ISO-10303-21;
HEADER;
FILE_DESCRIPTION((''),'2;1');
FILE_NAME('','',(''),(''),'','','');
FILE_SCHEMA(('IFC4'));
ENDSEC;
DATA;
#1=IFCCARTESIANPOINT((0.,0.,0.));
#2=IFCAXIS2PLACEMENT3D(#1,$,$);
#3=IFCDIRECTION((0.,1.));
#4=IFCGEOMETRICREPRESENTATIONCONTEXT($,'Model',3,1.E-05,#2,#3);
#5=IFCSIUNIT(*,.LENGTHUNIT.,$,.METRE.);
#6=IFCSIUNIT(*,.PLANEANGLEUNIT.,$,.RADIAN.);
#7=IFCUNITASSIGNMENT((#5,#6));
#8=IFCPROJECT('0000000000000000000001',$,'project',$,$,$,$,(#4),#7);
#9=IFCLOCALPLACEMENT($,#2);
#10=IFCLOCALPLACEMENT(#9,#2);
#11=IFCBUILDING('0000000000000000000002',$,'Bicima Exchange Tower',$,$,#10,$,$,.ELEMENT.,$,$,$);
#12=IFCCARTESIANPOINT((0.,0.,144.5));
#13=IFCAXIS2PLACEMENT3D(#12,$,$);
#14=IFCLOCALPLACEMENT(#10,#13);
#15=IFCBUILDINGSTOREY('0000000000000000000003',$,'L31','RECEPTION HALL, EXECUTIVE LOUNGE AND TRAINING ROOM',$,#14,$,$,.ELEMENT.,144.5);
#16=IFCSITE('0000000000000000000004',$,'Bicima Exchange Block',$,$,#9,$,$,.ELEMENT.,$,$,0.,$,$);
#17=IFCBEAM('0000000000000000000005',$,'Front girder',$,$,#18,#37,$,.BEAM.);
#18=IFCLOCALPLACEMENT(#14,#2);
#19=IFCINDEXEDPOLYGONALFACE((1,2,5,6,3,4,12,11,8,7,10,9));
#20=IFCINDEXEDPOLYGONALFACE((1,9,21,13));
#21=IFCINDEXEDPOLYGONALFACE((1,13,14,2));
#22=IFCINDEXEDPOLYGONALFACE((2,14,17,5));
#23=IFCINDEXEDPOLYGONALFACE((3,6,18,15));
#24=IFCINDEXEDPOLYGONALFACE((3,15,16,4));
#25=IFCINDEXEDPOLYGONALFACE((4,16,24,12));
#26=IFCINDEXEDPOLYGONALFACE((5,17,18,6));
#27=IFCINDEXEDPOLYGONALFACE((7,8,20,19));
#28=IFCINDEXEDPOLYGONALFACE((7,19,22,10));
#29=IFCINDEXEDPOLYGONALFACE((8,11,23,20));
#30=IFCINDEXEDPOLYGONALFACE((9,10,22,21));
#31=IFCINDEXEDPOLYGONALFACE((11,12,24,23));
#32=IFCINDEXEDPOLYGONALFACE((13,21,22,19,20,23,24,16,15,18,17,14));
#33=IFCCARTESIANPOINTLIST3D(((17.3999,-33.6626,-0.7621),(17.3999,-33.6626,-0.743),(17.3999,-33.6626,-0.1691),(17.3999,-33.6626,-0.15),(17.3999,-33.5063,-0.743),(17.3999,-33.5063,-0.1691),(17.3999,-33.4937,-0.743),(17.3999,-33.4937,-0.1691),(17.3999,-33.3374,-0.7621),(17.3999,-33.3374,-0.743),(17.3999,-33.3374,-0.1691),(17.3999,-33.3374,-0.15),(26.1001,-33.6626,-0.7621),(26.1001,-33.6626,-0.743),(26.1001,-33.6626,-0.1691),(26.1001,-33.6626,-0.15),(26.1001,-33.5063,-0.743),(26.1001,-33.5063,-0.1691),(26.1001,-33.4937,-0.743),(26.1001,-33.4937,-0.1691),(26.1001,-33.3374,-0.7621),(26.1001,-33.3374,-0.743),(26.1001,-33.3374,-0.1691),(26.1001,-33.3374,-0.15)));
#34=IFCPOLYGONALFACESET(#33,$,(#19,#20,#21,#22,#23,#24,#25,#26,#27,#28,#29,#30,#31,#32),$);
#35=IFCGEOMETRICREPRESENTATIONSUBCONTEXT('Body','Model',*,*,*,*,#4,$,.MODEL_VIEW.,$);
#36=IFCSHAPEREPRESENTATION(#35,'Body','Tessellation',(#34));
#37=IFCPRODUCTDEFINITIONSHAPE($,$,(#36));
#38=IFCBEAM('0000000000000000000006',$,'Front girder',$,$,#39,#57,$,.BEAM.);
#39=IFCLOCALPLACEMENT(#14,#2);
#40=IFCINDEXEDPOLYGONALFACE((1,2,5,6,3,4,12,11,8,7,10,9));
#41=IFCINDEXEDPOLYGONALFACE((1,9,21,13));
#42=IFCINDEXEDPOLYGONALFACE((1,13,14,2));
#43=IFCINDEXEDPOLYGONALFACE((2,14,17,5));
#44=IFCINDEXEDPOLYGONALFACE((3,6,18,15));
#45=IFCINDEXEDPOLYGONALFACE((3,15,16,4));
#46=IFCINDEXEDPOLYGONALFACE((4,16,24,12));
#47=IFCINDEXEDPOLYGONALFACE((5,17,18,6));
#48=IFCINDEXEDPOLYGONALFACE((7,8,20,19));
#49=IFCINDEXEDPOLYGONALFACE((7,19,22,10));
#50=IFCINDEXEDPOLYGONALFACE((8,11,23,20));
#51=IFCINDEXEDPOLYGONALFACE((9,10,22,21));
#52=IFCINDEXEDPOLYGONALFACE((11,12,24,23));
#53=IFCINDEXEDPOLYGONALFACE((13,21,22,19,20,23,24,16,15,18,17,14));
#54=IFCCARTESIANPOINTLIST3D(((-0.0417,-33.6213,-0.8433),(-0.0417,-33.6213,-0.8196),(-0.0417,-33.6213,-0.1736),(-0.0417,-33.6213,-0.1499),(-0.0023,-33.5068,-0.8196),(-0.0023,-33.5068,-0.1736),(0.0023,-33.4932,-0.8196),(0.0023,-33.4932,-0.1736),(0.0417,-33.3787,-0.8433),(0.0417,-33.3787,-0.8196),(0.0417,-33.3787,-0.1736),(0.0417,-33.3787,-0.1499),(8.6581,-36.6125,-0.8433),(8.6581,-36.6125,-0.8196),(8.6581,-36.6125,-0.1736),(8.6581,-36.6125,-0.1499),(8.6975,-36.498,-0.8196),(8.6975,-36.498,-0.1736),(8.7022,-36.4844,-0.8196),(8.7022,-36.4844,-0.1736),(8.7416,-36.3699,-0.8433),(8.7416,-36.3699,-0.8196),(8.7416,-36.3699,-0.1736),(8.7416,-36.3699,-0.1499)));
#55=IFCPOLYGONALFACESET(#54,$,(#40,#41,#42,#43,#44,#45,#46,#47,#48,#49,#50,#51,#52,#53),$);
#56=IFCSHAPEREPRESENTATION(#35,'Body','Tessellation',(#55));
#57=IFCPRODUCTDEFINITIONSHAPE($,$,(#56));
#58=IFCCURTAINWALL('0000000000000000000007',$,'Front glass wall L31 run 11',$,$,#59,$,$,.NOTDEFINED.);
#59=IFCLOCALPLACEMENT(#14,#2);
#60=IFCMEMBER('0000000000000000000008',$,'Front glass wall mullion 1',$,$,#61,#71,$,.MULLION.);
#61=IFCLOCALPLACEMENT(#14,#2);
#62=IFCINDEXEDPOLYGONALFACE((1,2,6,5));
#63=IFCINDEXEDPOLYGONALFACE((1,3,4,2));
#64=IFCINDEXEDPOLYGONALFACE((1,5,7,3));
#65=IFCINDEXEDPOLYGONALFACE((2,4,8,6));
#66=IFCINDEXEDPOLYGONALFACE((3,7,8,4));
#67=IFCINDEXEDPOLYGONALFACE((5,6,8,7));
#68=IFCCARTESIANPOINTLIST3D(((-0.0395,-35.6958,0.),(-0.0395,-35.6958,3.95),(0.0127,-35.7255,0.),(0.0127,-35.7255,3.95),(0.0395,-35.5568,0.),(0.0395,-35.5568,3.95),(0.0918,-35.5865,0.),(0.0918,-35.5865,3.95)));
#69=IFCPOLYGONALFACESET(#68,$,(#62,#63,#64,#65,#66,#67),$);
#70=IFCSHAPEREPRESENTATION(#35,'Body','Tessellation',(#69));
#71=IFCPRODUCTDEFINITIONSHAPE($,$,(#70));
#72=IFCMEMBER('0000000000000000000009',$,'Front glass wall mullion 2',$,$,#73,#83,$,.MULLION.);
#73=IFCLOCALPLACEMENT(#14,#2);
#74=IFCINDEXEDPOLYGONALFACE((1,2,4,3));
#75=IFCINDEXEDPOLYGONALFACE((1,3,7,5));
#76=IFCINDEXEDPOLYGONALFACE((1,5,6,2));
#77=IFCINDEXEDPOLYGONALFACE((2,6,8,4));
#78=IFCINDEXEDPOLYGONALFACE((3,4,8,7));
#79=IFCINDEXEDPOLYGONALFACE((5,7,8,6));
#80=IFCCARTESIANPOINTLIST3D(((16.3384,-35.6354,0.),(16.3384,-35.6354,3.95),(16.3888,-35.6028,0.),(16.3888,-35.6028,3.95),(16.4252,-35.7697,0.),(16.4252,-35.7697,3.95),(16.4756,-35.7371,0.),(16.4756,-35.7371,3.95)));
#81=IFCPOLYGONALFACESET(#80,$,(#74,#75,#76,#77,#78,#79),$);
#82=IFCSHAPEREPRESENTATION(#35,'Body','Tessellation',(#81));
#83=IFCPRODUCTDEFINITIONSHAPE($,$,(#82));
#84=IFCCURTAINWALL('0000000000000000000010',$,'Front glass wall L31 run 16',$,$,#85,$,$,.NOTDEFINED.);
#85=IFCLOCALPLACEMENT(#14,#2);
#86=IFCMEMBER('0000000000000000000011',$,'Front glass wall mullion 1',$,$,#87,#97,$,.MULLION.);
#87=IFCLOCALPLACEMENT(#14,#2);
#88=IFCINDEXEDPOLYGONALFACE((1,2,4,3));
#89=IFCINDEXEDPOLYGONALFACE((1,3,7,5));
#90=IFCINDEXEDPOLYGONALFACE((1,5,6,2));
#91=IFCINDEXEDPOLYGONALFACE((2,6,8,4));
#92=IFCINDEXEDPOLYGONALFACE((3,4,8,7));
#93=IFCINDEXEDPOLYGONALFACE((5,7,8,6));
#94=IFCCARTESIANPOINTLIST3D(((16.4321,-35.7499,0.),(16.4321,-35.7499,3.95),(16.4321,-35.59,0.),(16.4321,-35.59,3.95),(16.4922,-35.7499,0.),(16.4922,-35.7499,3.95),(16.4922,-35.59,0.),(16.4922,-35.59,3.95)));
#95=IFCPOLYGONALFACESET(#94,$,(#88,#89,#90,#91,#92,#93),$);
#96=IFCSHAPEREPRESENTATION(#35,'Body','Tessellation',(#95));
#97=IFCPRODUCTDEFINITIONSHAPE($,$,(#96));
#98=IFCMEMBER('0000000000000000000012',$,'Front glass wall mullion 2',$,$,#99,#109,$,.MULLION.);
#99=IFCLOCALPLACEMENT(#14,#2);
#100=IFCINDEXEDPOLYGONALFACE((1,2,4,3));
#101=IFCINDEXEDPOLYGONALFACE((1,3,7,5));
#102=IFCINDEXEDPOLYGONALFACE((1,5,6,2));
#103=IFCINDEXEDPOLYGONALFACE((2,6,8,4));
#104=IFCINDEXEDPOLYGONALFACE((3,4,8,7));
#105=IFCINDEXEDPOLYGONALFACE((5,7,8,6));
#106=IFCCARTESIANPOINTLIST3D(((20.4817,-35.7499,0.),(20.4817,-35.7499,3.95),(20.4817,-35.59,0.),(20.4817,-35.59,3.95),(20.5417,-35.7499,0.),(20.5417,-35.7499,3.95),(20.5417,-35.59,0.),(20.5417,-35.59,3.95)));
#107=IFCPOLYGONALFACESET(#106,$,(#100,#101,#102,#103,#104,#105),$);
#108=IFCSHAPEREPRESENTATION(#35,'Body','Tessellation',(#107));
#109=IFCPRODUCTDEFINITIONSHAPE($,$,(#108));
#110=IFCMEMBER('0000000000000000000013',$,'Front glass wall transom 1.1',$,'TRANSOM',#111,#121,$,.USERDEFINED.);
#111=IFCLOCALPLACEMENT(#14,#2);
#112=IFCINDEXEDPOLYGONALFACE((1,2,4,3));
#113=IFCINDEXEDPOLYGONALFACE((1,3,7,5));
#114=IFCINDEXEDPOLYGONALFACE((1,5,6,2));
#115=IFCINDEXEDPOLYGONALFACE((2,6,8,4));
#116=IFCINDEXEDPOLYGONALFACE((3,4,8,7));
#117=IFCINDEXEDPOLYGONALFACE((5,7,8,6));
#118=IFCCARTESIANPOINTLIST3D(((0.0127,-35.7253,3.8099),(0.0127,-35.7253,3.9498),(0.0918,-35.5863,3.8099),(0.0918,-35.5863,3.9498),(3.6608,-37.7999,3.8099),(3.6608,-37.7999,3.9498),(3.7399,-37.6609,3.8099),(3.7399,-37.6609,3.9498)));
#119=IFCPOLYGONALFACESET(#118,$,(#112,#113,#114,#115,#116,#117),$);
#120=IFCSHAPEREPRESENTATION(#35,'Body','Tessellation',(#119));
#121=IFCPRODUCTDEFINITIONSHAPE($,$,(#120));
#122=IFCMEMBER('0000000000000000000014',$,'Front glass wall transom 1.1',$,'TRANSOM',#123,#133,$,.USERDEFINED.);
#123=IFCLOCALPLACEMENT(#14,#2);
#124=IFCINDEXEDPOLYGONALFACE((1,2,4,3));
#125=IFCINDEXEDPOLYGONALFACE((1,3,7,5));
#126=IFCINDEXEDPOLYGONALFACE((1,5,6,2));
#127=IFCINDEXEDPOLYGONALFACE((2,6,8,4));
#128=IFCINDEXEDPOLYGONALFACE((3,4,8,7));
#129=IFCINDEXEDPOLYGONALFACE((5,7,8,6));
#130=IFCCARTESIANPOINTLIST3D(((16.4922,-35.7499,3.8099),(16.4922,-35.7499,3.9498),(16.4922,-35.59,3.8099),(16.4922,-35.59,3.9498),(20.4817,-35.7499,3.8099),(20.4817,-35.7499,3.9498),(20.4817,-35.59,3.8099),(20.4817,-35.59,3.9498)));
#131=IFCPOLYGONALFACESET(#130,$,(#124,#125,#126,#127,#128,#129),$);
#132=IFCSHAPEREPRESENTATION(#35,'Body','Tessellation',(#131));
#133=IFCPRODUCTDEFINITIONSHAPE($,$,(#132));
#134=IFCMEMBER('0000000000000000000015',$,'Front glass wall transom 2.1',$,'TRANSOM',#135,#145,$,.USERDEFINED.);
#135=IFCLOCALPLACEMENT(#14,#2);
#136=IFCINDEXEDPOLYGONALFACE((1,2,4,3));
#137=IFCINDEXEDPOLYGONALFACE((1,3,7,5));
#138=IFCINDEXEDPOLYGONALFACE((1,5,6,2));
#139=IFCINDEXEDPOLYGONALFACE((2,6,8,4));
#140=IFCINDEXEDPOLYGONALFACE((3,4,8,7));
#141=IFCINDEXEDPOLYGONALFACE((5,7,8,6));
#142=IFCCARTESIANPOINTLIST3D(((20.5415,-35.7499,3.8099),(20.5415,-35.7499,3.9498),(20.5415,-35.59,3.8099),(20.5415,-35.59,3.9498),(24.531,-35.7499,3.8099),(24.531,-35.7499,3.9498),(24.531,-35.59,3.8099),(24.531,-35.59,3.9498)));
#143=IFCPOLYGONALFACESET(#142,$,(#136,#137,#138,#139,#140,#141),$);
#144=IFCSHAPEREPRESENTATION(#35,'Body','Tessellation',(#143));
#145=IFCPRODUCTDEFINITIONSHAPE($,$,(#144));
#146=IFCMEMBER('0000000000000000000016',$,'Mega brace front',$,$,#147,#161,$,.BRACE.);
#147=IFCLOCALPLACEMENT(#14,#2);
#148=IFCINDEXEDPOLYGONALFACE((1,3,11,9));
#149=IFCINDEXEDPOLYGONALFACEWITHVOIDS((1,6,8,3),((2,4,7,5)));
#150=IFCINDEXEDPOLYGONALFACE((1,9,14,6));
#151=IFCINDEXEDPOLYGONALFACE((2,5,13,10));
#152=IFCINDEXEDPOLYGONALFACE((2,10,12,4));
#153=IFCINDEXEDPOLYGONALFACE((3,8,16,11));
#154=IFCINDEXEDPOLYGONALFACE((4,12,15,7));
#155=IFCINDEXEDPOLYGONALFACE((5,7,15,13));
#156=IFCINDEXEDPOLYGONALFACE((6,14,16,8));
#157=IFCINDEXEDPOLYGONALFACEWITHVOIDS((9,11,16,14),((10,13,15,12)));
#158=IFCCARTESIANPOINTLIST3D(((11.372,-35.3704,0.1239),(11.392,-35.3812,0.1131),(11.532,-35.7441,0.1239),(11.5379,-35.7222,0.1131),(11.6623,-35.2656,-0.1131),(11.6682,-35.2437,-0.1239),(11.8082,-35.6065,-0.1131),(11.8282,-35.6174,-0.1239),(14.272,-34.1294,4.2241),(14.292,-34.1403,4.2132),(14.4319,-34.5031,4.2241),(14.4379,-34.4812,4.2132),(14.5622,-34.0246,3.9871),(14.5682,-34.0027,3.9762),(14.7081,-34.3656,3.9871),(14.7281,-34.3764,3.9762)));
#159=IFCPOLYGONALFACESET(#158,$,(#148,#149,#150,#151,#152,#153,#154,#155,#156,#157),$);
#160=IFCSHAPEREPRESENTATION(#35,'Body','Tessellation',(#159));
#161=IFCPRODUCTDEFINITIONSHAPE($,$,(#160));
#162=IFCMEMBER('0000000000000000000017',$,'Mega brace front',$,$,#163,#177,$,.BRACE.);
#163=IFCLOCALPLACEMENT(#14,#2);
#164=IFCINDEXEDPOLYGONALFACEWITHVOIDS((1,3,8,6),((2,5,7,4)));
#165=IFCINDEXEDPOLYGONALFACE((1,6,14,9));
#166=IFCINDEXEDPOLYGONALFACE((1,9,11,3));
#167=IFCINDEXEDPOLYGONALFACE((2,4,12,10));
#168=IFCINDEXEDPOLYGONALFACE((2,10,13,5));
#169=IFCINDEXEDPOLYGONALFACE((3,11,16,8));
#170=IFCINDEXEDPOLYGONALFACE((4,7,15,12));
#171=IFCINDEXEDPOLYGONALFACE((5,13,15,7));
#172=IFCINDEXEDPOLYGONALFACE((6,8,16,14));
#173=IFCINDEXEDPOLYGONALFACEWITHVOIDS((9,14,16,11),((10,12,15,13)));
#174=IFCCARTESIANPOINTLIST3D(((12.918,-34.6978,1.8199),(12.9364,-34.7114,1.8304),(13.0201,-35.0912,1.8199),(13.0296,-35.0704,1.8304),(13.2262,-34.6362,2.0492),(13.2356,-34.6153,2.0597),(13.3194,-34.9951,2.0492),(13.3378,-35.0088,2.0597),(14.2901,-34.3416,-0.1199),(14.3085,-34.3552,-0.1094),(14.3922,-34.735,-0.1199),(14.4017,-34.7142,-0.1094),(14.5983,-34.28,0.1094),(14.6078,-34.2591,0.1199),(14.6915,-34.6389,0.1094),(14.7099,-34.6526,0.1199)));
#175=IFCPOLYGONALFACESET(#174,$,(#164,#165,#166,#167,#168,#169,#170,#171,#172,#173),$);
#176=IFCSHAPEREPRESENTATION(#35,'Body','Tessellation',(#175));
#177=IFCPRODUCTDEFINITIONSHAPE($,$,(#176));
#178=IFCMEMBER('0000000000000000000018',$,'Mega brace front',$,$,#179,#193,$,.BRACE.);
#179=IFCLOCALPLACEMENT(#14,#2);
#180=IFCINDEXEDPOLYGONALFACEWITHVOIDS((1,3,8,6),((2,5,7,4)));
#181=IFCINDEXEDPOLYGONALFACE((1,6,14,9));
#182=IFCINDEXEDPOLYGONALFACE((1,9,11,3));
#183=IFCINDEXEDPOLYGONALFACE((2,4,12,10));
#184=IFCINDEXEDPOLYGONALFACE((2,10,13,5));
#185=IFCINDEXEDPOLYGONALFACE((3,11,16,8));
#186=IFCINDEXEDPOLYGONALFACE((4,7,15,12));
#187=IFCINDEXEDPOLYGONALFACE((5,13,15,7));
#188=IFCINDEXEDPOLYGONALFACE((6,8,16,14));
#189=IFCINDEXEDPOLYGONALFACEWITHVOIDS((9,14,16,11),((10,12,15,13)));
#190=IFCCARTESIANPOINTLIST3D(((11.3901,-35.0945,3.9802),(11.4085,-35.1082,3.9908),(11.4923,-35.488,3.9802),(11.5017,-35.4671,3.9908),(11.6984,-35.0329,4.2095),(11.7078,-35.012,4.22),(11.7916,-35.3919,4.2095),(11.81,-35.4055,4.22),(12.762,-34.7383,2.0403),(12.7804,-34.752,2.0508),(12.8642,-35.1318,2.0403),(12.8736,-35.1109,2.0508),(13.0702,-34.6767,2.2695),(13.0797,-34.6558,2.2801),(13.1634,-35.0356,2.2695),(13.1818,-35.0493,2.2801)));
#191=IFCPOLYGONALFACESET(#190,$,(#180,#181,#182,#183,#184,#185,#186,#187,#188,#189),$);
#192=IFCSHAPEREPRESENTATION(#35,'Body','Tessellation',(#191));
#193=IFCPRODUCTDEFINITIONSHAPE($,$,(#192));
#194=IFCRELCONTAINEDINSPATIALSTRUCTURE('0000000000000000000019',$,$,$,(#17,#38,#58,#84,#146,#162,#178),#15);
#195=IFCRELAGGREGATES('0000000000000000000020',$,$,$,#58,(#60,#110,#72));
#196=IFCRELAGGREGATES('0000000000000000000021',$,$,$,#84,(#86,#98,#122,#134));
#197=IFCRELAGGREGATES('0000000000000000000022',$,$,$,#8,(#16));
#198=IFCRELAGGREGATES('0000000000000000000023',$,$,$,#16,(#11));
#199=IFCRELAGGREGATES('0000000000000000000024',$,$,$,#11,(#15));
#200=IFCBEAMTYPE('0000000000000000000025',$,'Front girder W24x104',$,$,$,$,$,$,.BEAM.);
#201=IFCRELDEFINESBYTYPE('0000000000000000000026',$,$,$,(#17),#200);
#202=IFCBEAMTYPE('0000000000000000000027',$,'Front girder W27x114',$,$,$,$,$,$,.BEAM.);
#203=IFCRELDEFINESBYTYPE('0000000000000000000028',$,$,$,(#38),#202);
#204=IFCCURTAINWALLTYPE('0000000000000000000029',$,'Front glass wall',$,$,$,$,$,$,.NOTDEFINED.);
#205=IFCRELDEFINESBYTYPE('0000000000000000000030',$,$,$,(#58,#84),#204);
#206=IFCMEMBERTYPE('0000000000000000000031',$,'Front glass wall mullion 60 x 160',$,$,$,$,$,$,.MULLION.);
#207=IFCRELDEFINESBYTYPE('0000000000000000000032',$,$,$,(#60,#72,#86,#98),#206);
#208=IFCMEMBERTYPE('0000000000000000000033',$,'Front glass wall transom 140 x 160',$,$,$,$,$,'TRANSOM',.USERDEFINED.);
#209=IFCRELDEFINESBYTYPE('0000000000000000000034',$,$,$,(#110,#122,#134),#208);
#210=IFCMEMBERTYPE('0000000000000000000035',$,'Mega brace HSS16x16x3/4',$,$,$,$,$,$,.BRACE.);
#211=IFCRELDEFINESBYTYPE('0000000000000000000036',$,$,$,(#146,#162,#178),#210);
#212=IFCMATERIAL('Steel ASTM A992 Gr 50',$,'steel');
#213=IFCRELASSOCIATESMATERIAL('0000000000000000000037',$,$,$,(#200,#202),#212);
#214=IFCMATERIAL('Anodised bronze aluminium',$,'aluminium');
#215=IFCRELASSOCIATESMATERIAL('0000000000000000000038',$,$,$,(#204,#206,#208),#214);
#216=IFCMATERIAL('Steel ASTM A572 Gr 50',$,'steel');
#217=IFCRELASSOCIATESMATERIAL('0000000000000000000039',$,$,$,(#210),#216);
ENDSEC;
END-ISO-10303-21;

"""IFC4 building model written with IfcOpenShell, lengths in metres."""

from ifc_helpers import new_model, si_unit, direction, frame, origin, origin_2d, place, context, subcontext, project, spatial, rectangle, hollow_rectangle, i_section, extrude, material, material_profile, profile_set, type_object, element, aggregate, save


model = new_model("IFC4")

# Units and contexts
model_context = context("Model", 3, precision=1e-05, world=origin(), true_north=direction((0.0, 1.0)))
body_context = subcontext(model_context, "Body", "Model", "MODEL_VIEW")
ifc_project = project(units=[si_unit("LENGTHUNIT", "METRE"), si_unit("PLANEANGLEUNIT", "RADIAN")], contexts=[model_context])

# Site, building, storey
site_placement = place(None, origin())
site = spatial("IfcSite", under=ifc_project, at=site_placement, Name="Bicima Exchange Block", CompositionType="ELEMENT", RefElevation=0.0)
building_placement = place(site_placement, origin())
building = spatial("IfcBuilding", under=site, at=building_placement, Name="Bicima Exchange Tower", CompositionType="ELEMENT")
storey_placement = place(building_placement, frame((0.0, 0.0, 144.5)))
storey = spatial("IfcBuildingStorey", under=building, at=storey_placement, Name="L31", Description="RECEPTION HALL, EXECUTIVE LOUNGE AND TRAINING ROOM", CompositionType="ELEMENT", Elevation=144.5)

# Shared definitions
ifc_material_1 = material(Name="Steel ASTM A992 Gr 50", Category="steel")

# Beams
ifc_material_profile_1 = material_profile(ifc_material_1, i_section(OverallWidth=0.3252, OverallDepth=0.6121, WebThickness=0.0127, FlangeThickness=0.019, at=origin_2d()))
ifc_profile_set_1 = profile_set([ifc_material_profile_1], Name="Steel ASTM A992 Gr 50")
beam_type_1 = type_object("IfcBeamType", Name="Front girder W24x104", PredefinedType="BEAM", material=ifc_profile_set_1)
beam_1_placement = place(storey_placement, frame((17.3999, -33.5, -0.4561), z_axis=(1.0, 0.0, 0.0), x_axis=(0.0, 1.0, 0.0)))
element("IfcBeam", 1, at=beam_1_placement, inside=storey, type_object=beam_type_1, Name="Front girder", PredefinedType="BEAM", context=body_context, shape_type="SweptSolid", body=[
    extrude(i_section(OverallWidth=0.3252, OverallDepth=0.6121, WebThickness=0.0127, FlangeThickness=0.019, at=origin_2d()), origin(), (0.0, 0.0, 1.0), 8.7002),
])
ifc_material_profile_2 = material_profile(ifc_material_1, i_section(OverallWidth=0.2566, OverallDepth=0.6934, WebThickness=0.0144, FlangeThickness=0.0237, at=origin_2d()))
ifc_profile_set_2 = profile_set([ifc_material_profile_2], Name="Steel ASTM A992 Gr 50")
beam_type_2 = type_object("IfcBeamType", Name="Front girder W27x114", PredefinedType="BEAM", material=ifc_profile_set_2)
beam_2_placement = place(storey_placement, frame((0.0, -33.5, -0.4966), z_axis=(0.945666, -0.325138, 0.0), x_axis=(0.325138, 0.945666, 0.0)))
element("IfcBeam", 2, at=beam_2_placement, inside=storey, type_object=beam_type_2, Name="Front girder", PredefinedType="BEAM", context=body_context, shape_type="SweptSolid", body=[
    extrude(i_section(OverallWidth=0.2566, OverallDepth=0.6934, WebThickness=0.0144, FlangeThickness=0.0237, at=origin_2d()), origin(), (0.0, 0.0, 1.0), 9.1997),
])

# Curtain walls, members
ifc_material_2 = material(Name="Anodised bronze aluminium", Category="aluminium")
curtain_wall_type = type_object("IfcCurtainWallType", Name="Front glass wall", PredefinedType="NOTDEFINED", material=ifc_material_2)
curtain_wall_1_placement = place(storey_placement, origin())
curtain_wall_1 = element("IfcCurtainWall", 3, at=curtain_wall_1_placement, inside=storey, type_object=curtain_wall_type, Name="Front glass wall L31 run 11", PredefinedType="NOTDEFINED")
ifc_material_profile_3 = material_profile(ifc_material_2, rectangle(XDim=0.1599, YDim=0.0601, at=origin_2d()))
ifc_profile_set_3 = profile_set([ifc_material_profile_3], Name="Anodised bronze aluminium")
member_type_1 = type_object("IfcMemberType", Name="Front glass wall mullion 60 x 160", PredefinedType="MULLION", material=ifc_profile_set_3)
member_1_placement = place(storey_placement, frame((0.0261, -35.6411, 0.0), z_axis=(0.0, 0.0, 1.0), x_axis=(0.49433, 0.869274, 0.0)))
member_1 = element("IfcMember", 4, at=member_1_placement, type_object=member_type_1, Name="Front glass wall mullion 1", PredefinedType="MULLION", context=body_context, shape_type="SweptSolid", body=[
    extrude(rectangle(XDim=0.1599, YDim=0.0601, at=origin_2d()), origin(), (0.0, 0.0, 1.0), 3.95),
])
member_2_placement = place(storey_placement, frame((16.407, -35.6863, 0.0), z_axis=(0.0, 0.0, 1.0), x_axis=(-0.542909, 0.839791, 0.0)))
member_2 = element("IfcMember", 5, at=member_2_placement, type_object=member_type_1, Name="Front glass wall mullion 2", PredefinedType="MULLION", context=body_context, shape_type="SweptSolid", body=[
    extrude(rectangle(XDim=0.1599, YDim=0.0601, at=origin_2d()), origin(), (0.0, 0.0, 1.0), 3.95),
])
curtain_wall_2_placement = place(storey_placement, origin())
curtain_wall_2 = element("IfcCurtainWall", 6, at=curtain_wall_2_placement, inside=storey, type_object=curtain_wall_type, Name="Front glass wall L31 run 16", PredefinedType="NOTDEFINED")
member_3_placement = place(storey_placement, frame((16.4622, -35.6699, 0.0), z_axis=(0.0, 0.0, 1.0), x_axis=(0.0, 1.0, 0.0)))
member_3 = element("IfcMember", 7, at=member_3_placement, type_object=member_type_1, Name="Front glass wall mullion 1", PredefinedType="MULLION", context=body_context, shape_type="SweptSolid", body=[
    extrude(rectangle(XDim=0.1599, YDim=0.0601, at=origin_2d()), origin(), (0.0, 0.0, 1.0), 3.95),
])
member_4_placement = place(storey_placement, frame((20.5117, -35.6699, 0.0), z_axis=(0.0, 0.0, 1.0), x_axis=(0.0, 1.0, 0.0)))
member_4 = element("IfcMember", 8, at=member_4_placement, type_object=member_type_1, Name="Front glass wall mullion 2", PredefinedType="MULLION", context=body_context, shape_type="SweptSolid", body=[
    extrude(rectangle(XDim=0.1599, YDim=0.0601, at=origin_2d()), origin(), (0.0, 0.0, 1.0), 3.95),
])

# Members
ifc_material_profile_4 = material_profile(ifc_material_2, rectangle(XDim=0.1599, YDim=0.1399, at=origin_2d()))
ifc_profile_set_4 = profile_set([ifc_material_profile_4], Name="Anodised bronze aluminium")
member_type_2 = type_object("IfcMemberType", Name="Front glass wall transom 140 x 160", ElementType="TRANSOM", PredefinedType="USERDEFINED", material=ifc_profile_set_4)
member_5_placement = place(storey_placement, frame((0.0522, -35.6558, 3.8799), z_axis=(0.869265, -0.494346, 0.0), x_axis=(0.494346, 0.869265, 0.0)))
member_5 = element("IfcMember", 9, at=member_5_placement, type_object=member_type_2, Name="Front glass wall transom 1.1", ObjectType="TRANSOM", PredefinedType="USERDEFINED", context=body_context, shape_type="SweptSolid", body=[
    extrude(rectangle(XDim=0.1599, YDim=0.1399, at=origin_2d()), origin(), (0.0, 0.0, 1.0), 4.1968),
])
aggregate(curtain_wall_1, [member_1, member_5, member_2])
member_6_placement = place(storey_placement, frame((16.4922, -35.6699, 3.8799), z_axis=(1.0, 0.0, 0.0), x_axis=(0.0, 1.0, 0.0)))
member_6 = element("IfcMember", 10, at=member_6_placement, type_object=member_type_2, Name="Front glass wall transom 1.1", ObjectType="TRANSOM", PredefinedType="USERDEFINED", context=body_context, shape_type="SweptSolid", body=[
    extrude(rectangle(XDim=0.1599, YDim=0.1399, at=origin_2d()), origin(), (0.0, 0.0, 1.0), 3.9895),
])
member_7_placement = place(storey_placement, frame((20.5415, -35.6699, 3.8799), z_axis=(1.0, 0.0, 0.0), x_axis=(0.0, 1.0, 0.0)))
member_7 = element("IfcMember", 11, at=member_7_placement, type_object=member_type_2, Name="Front glass wall transom 2.1", ObjectType="TRANSOM", PredefinedType="USERDEFINED", context=body_context, shape_type="SweptSolid", body=[
    extrude(rectangle(XDim=0.1599, YDim=0.1399, at=origin_2d()), origin(), (0.0, 0.0, 1.0), 3.9895),
])

# Members
ifc_material_3 = material(Name="Steel ASTM A572 Gr 50", Category="steel")
ifc_material_profile_5 = material_profile(ifc_material_3, hollow_rectangle(XDim=0.4065, YDim=0.4065, WallThickness=0.0178, at=origin_2d()))
ifc_profile_set_5 = profile_set([ifc_material_profile_5], Name="Steel ASTM A572 Gr 50")
member_type_3 = type_object("IfcMemberType", Name="Mega brace HSS16x16x3/4", PredefinedType="BRACE", material=ifc_profile_set_5)
member_8_placement = place(storey_placement, frame((11.6001, -35.4939, 0.0), z_axis=(0.560581, 0.239892, 0.792591), x_axis=(-0.393424, 0.919357, 0.0)))
element("IfcMember", 12, at=member_8_placement, inside=storey, type_object=member_type_3, Name="Mega brace front", PredefinedType="BRACE", context=body_context, shape_type="SweptSolid", body=[
    extrude(hollow_rectangle(XDim=0.4065, YDim=0.4065, WallThickness=0.0178, at=origin_2d()), origin(), (0.0, 0.0, 1.0), 5.1731),
])
for number, where, z_axis, x_axis, name in (
    (13, (14.5, -34.4971, 0.0), (-0.571107, -0.148264, 0.807375), (0.251279, -0.967915, 0.0), "Mega brace front"),
    (14, (12.9719, -34.8938, 2.1602), (-0.570992, -0.148261, 0.807457), (0.251321, -0.967904, 0.0), "Mega brace front"),
):
    element("IfcMember", number, at=place(storey_placement, frame(where, z_axis=z_axis, x_axis=x_axis)), inside=storey, type_object=member_type_3, Name=name, PredefinedType="BRACE", context=body_context, shape_type="SweptSolid", body=[
        extrude(hollow_rectangle(XDim=0.4065, YDim=0.4065, WallThickness=0.0178, at=origin_2d()), origin(), (0.0, 0.0, 1.0), 2.4026),
    ])

aggregate(curtain_wall_2, [member_3, member_4, member_6, member_7])

save(model, "model.ifc")
